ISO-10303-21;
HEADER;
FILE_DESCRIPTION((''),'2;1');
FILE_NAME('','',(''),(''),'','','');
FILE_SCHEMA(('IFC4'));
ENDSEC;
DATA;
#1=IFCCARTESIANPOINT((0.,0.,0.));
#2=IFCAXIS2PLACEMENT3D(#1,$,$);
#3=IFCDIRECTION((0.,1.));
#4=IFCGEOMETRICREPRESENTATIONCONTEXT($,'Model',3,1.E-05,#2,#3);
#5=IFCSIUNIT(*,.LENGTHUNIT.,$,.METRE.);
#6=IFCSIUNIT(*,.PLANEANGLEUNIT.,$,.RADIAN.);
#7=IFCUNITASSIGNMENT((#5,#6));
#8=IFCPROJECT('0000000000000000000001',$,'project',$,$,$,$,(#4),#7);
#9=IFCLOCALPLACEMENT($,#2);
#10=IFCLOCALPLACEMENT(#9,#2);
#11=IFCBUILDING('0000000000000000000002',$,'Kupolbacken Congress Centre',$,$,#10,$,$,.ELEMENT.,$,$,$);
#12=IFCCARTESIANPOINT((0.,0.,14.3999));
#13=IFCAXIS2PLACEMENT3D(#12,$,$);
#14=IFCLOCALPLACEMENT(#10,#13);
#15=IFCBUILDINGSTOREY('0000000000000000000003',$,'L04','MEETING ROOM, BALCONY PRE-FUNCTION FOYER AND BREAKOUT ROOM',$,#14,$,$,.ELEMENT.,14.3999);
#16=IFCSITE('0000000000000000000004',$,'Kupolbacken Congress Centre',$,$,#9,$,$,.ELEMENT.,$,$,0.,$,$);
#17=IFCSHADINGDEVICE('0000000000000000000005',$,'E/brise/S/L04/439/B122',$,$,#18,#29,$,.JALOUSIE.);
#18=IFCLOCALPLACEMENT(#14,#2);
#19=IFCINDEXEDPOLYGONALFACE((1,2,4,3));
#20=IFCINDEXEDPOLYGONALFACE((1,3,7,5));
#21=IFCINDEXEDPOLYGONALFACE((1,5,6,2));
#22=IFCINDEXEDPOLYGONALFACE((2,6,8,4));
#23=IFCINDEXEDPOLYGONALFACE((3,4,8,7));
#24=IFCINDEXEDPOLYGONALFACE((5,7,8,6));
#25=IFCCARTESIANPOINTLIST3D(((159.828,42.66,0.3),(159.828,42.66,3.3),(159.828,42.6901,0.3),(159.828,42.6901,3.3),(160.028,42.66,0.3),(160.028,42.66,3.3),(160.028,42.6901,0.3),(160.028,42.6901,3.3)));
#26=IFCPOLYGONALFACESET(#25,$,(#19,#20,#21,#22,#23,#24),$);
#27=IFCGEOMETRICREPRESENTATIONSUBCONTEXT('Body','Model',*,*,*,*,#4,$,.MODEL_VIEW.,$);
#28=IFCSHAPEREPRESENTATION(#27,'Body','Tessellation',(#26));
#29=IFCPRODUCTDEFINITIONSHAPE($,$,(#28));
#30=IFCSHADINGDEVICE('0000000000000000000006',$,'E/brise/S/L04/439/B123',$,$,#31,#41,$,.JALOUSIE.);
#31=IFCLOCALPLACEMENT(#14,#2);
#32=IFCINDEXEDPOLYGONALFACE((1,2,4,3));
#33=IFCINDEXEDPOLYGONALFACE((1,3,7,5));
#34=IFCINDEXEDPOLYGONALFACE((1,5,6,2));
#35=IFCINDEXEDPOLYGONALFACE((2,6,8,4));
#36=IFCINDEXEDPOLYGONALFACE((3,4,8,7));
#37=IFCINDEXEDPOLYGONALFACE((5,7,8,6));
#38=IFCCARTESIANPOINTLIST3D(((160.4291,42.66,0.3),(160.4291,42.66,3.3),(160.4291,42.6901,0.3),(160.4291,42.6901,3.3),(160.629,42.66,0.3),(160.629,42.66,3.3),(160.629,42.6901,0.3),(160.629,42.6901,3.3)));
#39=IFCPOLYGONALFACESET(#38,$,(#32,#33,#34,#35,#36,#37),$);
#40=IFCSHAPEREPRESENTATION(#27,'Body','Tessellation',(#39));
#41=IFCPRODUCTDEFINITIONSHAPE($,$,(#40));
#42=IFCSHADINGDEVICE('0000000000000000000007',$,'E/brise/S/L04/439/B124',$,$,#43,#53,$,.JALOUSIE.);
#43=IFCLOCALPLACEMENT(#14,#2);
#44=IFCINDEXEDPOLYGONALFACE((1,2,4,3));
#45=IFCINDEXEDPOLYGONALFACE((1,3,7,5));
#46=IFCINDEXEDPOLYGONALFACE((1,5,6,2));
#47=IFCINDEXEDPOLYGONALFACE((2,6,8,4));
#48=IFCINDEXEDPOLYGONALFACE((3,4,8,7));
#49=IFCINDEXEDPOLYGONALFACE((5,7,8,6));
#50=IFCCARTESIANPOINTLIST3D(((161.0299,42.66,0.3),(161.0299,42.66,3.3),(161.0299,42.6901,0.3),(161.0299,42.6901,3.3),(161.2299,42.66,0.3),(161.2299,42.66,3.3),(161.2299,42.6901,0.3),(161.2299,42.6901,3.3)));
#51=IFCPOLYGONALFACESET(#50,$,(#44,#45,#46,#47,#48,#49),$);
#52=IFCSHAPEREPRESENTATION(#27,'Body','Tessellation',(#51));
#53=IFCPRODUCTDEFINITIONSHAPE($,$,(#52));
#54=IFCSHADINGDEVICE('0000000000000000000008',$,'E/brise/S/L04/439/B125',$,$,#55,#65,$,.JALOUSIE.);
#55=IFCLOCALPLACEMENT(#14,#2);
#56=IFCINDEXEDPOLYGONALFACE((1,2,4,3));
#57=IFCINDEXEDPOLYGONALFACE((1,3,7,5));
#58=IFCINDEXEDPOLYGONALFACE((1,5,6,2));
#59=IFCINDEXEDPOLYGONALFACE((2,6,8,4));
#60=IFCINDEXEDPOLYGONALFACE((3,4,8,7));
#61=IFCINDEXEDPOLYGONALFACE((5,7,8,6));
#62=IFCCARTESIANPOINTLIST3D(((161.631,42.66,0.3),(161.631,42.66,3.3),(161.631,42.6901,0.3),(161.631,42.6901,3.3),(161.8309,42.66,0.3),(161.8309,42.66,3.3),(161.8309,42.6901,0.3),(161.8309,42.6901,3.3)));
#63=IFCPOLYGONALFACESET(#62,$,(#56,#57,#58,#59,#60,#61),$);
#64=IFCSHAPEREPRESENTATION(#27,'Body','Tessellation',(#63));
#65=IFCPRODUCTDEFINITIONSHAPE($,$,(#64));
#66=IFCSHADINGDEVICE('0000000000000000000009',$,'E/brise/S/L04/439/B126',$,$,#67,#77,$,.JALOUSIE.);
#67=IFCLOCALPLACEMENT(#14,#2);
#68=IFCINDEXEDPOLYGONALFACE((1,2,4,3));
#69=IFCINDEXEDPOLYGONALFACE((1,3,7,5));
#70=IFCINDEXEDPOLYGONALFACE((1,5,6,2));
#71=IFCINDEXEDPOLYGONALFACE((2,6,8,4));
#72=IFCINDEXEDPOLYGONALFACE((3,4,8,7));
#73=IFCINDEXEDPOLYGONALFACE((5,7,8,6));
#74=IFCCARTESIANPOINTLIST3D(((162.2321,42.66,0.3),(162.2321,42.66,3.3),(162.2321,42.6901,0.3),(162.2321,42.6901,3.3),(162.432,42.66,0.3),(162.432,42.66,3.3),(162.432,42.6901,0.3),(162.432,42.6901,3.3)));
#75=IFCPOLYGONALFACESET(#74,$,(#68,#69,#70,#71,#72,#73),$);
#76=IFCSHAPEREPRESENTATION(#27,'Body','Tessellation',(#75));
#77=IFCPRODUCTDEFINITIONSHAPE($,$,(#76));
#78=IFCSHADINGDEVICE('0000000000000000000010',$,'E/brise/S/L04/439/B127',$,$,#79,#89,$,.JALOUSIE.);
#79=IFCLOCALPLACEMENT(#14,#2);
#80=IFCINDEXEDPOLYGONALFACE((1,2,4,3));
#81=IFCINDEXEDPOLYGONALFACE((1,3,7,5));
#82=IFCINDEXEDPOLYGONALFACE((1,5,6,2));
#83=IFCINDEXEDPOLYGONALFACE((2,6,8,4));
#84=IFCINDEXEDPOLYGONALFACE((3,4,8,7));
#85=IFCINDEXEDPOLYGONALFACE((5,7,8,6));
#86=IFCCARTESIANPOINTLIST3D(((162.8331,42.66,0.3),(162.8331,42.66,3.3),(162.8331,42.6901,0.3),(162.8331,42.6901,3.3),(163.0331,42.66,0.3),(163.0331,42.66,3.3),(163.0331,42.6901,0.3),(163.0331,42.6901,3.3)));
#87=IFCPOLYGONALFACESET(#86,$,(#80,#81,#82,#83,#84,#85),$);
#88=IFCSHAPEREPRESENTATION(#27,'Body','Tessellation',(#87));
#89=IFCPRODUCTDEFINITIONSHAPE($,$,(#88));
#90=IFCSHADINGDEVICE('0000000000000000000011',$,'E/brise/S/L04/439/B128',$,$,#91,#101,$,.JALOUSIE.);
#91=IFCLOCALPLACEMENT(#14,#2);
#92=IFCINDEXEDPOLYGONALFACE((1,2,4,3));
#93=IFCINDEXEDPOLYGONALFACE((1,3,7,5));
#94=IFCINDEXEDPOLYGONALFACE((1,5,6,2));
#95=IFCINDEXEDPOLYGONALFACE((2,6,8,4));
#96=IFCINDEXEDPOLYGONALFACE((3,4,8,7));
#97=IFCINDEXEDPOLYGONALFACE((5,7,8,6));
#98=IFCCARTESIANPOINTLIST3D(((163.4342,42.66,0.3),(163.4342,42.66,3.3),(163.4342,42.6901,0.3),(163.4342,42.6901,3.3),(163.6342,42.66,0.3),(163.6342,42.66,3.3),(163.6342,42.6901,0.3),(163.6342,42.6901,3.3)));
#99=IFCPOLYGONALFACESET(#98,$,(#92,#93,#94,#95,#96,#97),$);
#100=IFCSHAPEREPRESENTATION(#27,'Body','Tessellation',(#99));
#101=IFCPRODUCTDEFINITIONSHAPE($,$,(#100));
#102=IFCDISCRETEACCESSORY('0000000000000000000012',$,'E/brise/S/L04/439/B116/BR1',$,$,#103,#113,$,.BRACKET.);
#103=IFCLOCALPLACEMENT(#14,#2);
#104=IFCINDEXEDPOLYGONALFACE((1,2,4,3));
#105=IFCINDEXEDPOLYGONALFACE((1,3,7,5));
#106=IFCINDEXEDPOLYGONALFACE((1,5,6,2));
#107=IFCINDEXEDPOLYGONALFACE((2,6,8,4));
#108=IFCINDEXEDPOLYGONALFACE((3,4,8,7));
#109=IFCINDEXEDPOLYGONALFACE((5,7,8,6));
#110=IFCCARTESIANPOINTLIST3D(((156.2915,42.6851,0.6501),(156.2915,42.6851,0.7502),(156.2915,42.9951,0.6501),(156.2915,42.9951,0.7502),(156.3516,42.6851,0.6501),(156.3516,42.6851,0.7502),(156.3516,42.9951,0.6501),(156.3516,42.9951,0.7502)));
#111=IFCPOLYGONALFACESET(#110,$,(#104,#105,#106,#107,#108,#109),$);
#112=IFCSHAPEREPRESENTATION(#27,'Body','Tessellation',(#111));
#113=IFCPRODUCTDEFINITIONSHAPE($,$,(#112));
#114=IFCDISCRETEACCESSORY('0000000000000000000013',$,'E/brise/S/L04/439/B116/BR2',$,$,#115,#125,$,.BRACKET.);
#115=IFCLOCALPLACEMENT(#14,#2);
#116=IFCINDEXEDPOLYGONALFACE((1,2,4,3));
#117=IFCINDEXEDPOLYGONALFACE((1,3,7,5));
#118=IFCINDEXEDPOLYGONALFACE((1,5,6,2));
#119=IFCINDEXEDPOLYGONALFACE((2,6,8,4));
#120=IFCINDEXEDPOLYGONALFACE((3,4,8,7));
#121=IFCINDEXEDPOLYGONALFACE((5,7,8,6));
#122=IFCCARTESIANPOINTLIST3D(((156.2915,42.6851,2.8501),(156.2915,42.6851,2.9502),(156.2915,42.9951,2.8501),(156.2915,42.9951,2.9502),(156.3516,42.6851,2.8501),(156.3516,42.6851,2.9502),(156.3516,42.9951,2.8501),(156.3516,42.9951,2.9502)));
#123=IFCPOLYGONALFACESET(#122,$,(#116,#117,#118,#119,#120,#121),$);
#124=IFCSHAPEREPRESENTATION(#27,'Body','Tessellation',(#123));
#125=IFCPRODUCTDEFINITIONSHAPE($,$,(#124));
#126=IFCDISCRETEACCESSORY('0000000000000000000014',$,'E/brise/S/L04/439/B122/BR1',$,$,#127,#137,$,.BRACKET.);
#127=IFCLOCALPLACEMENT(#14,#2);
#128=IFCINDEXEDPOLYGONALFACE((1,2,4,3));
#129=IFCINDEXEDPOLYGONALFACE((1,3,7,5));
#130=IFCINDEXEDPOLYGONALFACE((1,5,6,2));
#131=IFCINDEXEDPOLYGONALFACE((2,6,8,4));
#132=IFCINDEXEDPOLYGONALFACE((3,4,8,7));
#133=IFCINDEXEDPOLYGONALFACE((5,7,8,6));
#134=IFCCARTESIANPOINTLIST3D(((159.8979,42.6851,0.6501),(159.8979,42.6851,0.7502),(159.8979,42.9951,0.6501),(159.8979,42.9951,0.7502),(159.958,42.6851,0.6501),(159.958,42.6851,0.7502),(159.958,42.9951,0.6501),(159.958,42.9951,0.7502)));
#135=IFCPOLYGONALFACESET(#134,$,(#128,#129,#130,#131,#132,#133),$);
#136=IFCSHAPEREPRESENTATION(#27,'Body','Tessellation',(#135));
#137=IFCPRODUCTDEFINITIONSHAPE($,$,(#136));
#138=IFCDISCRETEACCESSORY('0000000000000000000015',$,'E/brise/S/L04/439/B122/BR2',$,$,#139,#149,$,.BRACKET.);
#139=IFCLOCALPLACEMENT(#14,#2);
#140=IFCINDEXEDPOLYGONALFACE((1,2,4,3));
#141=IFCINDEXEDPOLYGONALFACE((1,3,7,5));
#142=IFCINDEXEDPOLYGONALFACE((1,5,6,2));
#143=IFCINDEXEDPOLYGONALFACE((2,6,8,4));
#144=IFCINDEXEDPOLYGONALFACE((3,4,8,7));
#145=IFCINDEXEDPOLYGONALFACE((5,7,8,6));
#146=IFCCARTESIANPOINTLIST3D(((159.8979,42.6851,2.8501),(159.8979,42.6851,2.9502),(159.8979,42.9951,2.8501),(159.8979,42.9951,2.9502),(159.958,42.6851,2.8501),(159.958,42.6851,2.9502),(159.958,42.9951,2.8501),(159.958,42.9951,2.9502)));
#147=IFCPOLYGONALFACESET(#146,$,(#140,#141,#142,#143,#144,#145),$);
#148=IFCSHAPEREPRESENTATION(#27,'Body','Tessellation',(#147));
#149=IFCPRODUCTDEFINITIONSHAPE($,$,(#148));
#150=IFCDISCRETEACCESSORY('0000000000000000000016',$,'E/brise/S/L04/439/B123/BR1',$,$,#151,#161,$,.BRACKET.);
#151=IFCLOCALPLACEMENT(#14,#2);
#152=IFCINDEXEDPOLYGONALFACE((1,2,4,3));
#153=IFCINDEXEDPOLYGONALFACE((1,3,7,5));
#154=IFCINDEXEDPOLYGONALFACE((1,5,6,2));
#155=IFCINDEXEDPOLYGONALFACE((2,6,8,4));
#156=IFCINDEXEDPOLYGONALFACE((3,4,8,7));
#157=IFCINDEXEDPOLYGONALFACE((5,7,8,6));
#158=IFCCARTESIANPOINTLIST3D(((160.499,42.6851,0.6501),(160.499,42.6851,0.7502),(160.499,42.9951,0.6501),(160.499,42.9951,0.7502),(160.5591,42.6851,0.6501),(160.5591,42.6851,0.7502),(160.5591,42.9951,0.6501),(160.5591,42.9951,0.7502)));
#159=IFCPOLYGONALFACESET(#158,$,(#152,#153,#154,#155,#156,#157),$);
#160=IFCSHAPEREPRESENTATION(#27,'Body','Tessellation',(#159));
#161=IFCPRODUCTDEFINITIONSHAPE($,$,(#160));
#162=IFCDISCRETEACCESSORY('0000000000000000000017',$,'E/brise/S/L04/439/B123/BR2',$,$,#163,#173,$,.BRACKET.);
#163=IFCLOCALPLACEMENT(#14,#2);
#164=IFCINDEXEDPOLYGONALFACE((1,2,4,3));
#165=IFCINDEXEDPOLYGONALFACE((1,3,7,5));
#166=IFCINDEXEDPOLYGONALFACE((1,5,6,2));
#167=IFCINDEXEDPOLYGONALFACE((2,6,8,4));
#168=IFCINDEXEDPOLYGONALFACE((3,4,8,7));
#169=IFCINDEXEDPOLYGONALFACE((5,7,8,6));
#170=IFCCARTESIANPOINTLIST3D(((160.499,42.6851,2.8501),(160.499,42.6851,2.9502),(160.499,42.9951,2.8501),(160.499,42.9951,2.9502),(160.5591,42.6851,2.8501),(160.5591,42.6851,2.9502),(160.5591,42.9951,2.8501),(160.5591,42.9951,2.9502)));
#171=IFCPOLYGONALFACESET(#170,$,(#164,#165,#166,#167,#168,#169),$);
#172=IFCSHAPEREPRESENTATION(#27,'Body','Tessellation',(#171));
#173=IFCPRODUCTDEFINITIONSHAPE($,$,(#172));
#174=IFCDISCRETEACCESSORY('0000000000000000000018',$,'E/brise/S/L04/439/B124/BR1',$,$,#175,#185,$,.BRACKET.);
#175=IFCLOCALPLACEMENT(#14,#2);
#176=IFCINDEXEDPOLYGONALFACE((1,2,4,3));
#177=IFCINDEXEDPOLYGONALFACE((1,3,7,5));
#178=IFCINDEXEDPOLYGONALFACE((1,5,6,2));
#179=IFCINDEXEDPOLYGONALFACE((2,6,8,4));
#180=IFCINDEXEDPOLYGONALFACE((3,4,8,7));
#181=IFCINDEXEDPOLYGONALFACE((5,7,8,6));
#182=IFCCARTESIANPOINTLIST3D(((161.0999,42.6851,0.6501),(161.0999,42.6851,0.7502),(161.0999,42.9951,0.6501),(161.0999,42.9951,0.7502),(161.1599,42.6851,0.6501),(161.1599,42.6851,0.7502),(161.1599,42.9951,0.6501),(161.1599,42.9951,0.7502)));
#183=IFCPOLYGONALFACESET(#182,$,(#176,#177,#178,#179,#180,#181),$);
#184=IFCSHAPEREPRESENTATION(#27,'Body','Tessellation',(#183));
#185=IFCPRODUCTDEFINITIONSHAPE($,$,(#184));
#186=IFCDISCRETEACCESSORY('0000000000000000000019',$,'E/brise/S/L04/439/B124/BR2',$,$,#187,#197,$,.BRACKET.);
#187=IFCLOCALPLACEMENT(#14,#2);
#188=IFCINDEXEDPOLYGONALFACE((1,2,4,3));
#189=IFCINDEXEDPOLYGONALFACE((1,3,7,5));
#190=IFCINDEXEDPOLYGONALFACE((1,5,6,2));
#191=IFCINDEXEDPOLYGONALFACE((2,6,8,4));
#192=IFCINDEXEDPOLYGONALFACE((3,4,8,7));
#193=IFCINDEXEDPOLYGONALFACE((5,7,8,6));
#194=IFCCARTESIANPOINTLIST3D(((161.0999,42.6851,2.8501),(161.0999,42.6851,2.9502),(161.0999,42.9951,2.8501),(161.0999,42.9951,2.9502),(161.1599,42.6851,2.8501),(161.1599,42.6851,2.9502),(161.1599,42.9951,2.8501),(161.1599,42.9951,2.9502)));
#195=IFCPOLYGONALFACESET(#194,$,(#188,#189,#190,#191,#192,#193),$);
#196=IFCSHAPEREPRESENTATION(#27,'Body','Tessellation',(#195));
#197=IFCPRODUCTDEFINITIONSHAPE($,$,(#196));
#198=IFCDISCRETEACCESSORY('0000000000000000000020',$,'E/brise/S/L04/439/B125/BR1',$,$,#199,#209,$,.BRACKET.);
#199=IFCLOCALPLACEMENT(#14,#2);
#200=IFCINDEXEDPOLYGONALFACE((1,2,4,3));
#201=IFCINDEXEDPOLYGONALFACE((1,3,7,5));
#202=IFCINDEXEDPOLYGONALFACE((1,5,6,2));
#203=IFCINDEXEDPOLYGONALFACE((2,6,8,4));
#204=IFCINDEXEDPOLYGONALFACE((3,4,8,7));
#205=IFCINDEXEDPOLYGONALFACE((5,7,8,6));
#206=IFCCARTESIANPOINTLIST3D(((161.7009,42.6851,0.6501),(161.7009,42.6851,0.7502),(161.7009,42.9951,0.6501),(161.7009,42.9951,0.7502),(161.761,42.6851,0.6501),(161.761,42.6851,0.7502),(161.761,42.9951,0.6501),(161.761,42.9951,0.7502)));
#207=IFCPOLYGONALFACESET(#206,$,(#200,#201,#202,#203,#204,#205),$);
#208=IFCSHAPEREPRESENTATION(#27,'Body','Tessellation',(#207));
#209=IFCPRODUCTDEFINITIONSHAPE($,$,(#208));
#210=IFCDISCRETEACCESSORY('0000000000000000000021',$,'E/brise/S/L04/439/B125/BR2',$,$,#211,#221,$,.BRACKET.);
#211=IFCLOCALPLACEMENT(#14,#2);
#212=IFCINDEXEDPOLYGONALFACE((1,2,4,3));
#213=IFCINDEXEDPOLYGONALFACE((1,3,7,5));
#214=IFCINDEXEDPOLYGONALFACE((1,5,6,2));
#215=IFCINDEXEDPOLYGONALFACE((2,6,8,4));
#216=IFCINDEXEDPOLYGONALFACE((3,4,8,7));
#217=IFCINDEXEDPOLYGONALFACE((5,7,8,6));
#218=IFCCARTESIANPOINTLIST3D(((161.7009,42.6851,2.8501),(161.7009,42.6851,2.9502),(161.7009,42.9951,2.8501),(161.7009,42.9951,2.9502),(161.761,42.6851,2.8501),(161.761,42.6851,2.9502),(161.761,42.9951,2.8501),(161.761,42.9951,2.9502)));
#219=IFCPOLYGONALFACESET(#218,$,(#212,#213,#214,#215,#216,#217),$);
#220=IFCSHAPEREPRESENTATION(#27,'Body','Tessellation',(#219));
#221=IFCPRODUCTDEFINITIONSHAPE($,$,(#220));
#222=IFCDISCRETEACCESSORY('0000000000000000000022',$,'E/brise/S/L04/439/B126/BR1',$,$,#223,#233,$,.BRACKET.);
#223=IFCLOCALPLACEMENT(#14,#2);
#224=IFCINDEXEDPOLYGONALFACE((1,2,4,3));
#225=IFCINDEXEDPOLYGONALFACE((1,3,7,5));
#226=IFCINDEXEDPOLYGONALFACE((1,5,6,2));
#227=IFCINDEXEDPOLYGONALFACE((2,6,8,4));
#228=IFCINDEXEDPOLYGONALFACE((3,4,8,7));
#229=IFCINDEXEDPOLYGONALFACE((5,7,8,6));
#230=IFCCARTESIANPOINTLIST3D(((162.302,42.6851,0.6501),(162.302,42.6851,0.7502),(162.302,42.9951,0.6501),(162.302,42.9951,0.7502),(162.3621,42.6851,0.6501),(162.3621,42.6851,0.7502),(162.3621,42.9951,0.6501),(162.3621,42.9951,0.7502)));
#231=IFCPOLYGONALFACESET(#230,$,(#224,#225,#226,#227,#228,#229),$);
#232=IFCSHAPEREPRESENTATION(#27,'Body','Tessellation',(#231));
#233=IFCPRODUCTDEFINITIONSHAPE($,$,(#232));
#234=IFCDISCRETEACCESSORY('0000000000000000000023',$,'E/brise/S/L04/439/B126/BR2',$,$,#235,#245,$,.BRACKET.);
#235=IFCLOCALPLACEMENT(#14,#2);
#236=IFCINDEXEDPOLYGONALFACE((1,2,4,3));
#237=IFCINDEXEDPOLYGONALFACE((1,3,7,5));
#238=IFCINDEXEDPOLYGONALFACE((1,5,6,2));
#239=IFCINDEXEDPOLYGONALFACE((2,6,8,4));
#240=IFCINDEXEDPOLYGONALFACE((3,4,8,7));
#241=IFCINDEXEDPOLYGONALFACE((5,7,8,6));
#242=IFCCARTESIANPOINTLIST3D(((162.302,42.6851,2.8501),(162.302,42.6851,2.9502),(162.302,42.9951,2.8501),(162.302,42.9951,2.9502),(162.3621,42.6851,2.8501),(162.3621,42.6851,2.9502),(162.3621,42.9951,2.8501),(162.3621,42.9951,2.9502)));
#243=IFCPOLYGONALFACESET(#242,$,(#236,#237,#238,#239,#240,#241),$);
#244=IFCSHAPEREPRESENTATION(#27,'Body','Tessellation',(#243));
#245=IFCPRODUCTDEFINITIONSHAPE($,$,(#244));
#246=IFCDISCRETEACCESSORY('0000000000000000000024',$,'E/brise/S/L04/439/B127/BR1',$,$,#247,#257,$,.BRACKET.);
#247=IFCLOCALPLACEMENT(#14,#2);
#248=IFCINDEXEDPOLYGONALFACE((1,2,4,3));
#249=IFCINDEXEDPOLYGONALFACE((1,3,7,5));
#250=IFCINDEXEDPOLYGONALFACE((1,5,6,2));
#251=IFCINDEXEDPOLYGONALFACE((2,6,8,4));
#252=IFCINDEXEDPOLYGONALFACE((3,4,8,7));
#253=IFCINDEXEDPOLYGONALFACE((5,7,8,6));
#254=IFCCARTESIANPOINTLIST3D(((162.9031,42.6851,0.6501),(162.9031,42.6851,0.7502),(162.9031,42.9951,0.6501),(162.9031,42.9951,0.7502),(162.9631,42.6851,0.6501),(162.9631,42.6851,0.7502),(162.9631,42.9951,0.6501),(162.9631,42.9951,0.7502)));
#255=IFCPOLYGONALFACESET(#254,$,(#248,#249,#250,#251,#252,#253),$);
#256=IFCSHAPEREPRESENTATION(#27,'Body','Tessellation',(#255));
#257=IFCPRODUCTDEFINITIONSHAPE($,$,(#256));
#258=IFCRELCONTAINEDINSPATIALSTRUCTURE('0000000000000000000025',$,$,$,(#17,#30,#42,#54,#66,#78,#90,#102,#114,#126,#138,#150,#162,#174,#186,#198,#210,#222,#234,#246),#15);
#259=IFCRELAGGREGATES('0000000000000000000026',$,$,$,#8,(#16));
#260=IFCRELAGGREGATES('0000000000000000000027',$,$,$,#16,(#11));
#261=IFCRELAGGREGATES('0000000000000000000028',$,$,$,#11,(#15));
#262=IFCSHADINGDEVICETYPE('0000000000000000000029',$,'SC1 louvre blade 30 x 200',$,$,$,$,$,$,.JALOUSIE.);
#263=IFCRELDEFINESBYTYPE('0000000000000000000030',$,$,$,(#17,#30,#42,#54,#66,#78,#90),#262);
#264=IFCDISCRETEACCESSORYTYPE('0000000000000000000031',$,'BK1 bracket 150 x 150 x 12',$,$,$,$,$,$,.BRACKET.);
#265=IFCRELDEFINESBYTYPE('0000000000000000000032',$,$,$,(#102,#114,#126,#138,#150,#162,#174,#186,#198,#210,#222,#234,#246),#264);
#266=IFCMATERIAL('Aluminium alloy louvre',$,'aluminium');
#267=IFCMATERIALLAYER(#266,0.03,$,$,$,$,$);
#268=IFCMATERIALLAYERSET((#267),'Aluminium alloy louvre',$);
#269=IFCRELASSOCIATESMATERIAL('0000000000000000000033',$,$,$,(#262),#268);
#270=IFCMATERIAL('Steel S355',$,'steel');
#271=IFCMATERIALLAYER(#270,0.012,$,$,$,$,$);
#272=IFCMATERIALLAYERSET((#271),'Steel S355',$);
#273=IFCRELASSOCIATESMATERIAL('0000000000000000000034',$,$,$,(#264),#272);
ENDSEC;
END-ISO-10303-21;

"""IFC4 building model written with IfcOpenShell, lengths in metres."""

from ifc_helpers import new_model, si_unit, direction, frame, origin, origin_2d, place, context, subcontext, project, spatial, rectangle, extrude, material, layer, layer_set, type_object, element, save


model = new_model("IFC4")

# Units and contexts
model_context = context("Model", 3, precision=1e-05, world=origin(), true_north=direction((0.0, 1.0)))
body_context = subcontext(model_context, "Body", "Model", "MODEL_VIEW")
ifc_project = project(units=[si_unit("LENGTHUNIT", "METRE"), si_unit("PLANEANGLEUNIT", "RADIAN")], contexts=[model_context])

# Site, building, storey
site_placement = place(None, origin())
site = spatial("IfcSite", under=ifc_project, at=site_placement, Name="Kupolbacken Congress Centre", CompositionType="ELEMENT", RefElevation=0.0)
building_placement = place(site_placement, origin())
building = spatial("IfcBuilding", under=site, at=building_placement, Name="Kupolbacken Congress Centre", CompositionType="ELEMENT")
storey_placement = place(building_placement, frame((0.0, 0.0, 14.3999)))
storey = spatial("IfcBuildingStorey", under=building, at=storey_placement, Name="L04", Description="MEETING ROOM, BALCONY PRE-FUNCTION FOYER AND BREAKOUT ROOM", CompositionType="ELEMENT", Elevation=14.3999)

# Shading devices
ifc_material_1 = material(Name="Aluminium alloy louvre", Category="aluminium")
ifc_layer_1 = layer(ifc_material_1, 0.03)
ifc_layer_set_1 = layer_set([ifc_layer_1], Name="Aluminium alloy louvre")
shading_device_type = type_object("IfcShadingDeviceType", Name="SC1 louvre blade 30 x 200", PredefinedType="JALOUSIE", material=ifc_layer_set_1)
for number, where, z_axis, x_axis, name in (
    (1, (159.928, 42.675, 0.3), (0.0, 0.0, 1.0), (1.0, 0.0, 0.0), "E/brise/S/L04/439/B122"),
    (2, (160.5291, 42.675, 0.3), (0.0, 0.0, 1.0), (1.0, 0.0, 0.0), "E/brise/S/L04/439/B123"),
    (3, (161.1299, 42.675, 0.3), (0.0, 0.0, 1.0), (1.0, 0.0, 0.0), "E/brise/S/L04/439/B124"),
    (4, (161.731, 42.675, 0.3), (0.0, 0.0, 1.0), (1.0, 0.0, 0.0), "E/brise/S/L04/439/B125"),
    (5, (162.332, 42.675, 0.3), (0.0, 0.0, 1.0), (1.0, 0.0, 0.0), "E/brise/S/L04/439/B126"),
    (6, (162.9331, 42.675, 0.3), (0.0, 0.0, 1.0), (1.0, 0.0, 0.0), "E/brise/S/L04/439/B127"),
    (7, (163.5342, 42.675, 0.3), (0.0, 0.0, 1.0), (1.0, 0.0, 0.0), "E/brise/S/L04/439/B128"),
):
    element("IfcShadingDevice", number, at=place(storey_placement, frame(where, z_axis=z_axis, x_axis=x_axis)), inside=storey, type_object=shading_device_type, Name=name, PredefinedType="JALOUSIE", context=body_context, shape_type="SweptSolid", body=[
        extrude(rectangle(XDim=0.2, YDim=0.03, at=origin_2d()), origin(), (0.0, 0.0, 1.0), 3.0),
    ])

# Discrete accessories
ifc_material_2 = material(Name="Steel S355", Category="steel")
ifc_layer_2 = layer(ifc_material_2, 0.012)
ifc_layer_set_2 = layer_set([ifc_layer_2], Name="Steel S355")
discrete_accessory_type = type_object("IfcDiscreteAccessoryType", Name="BK1 bracket 150 x 150 x 12", PredefinedType="BRACKET", material=ifc_layer_set_2)
for number, where, z_axis, x_axis, name in (
    (8, (156.3215, 42.8401, 0.6501), (0.0, 0.0, 1.0), (1.0, 0.0, 0.0), "E/brise/S/L04/439/B116/BR1"),
    (9, (156.3215, 42.8401, 2.8501), (0.0, 0.0, 1.0), (1.0, 0.0, 0.0), "E/brise/S/L04/439/B116/BR2"),
    (10, (159.928, 42.8401, 0.6501), (0.0, 0.0, 1.0), (1.0, 0.0, 0.0), "E/brise/S/L04/439/B122/BR1"),
    (11, (159.928, 42.8401, 2.8501), (0.0, 0.0, 1.0), (1.0, 0.0, 0.0), "E/brise/S/L04/439/B122/BR2"),
    (12, (160.5291, 42.8401, 0.6501), (0.0, 0.0, 1.0), (1.0, 0.0, 0.0), "E/brise/S/L04/439/B123/BR1"),
    (13, (160.5291, 42.8401, 2.8501), (0.0, 0.0, 1.0), (1.0, 0.0, 0.0), "E/brise/S/L04/439/B123/BR2"),
    (14, (161.1299, 42.8401, 0.6501), (0.0, 0.0, 1.0), (1.0, 0.0, 0.0), "E/brise/S/L04/439/B124/BR1"),
    (15, (161.1299, 42.8401, 2.8501), (0.0, 0.0, 1.0), (1.0, 0.0, 0.0), "E/brise/S/L04/439/B124/BR2"),
    (16, (161.731, 42.8401, 0.6501), (0.0, 0.0, 1.0), (1.0, 0.0, 0.0), "E/brise/S/L04/439/B125/BR1"),
    (17, (161.731, 42.8401, 2.8501), (0.0, 0.0, 1.0), (1.0, 0.0, 0.0), "E/brise/S/L04/439/B125/BR2"),
    (18, (162.332, 42.8401, 0.6501), (0.0, 0.0, 1.0), (1.0, 0.0, 0.0), "E/brise/S/L04/439/B126/BR1"),
    (19, (162.332, 42.8401, 2.8501), (0.0, 0.0, 1.0), (1.0, 0.0, 0.0), "E/brise/S/L04/439/B126/BR2"),
    (20, (162.9331, 42.8401, 0.6501), (0.0, 0.0, 1.0), (1.0, 0.0, 0.0), "E/brise/S/L04/439/B127/BR1"),
):
    element("IfcDiscreteAccessory", number, at=place(storey_placement, frame(where, z_axis=z_axis, x_axis=x_axis)), inside=storey, type_object=discrete_accessory_type, Name=name, PredefinedType="BRACKET", context=body_context, shape_type="SweptSolid", body=[
        extrude(rectangle(XDim=0.0601, YDim=0.3101, at=origin_2d()), origin(), (0.0, 0.0, 1.0), 0.1001),
    ])

save(model, "model.ifc")
